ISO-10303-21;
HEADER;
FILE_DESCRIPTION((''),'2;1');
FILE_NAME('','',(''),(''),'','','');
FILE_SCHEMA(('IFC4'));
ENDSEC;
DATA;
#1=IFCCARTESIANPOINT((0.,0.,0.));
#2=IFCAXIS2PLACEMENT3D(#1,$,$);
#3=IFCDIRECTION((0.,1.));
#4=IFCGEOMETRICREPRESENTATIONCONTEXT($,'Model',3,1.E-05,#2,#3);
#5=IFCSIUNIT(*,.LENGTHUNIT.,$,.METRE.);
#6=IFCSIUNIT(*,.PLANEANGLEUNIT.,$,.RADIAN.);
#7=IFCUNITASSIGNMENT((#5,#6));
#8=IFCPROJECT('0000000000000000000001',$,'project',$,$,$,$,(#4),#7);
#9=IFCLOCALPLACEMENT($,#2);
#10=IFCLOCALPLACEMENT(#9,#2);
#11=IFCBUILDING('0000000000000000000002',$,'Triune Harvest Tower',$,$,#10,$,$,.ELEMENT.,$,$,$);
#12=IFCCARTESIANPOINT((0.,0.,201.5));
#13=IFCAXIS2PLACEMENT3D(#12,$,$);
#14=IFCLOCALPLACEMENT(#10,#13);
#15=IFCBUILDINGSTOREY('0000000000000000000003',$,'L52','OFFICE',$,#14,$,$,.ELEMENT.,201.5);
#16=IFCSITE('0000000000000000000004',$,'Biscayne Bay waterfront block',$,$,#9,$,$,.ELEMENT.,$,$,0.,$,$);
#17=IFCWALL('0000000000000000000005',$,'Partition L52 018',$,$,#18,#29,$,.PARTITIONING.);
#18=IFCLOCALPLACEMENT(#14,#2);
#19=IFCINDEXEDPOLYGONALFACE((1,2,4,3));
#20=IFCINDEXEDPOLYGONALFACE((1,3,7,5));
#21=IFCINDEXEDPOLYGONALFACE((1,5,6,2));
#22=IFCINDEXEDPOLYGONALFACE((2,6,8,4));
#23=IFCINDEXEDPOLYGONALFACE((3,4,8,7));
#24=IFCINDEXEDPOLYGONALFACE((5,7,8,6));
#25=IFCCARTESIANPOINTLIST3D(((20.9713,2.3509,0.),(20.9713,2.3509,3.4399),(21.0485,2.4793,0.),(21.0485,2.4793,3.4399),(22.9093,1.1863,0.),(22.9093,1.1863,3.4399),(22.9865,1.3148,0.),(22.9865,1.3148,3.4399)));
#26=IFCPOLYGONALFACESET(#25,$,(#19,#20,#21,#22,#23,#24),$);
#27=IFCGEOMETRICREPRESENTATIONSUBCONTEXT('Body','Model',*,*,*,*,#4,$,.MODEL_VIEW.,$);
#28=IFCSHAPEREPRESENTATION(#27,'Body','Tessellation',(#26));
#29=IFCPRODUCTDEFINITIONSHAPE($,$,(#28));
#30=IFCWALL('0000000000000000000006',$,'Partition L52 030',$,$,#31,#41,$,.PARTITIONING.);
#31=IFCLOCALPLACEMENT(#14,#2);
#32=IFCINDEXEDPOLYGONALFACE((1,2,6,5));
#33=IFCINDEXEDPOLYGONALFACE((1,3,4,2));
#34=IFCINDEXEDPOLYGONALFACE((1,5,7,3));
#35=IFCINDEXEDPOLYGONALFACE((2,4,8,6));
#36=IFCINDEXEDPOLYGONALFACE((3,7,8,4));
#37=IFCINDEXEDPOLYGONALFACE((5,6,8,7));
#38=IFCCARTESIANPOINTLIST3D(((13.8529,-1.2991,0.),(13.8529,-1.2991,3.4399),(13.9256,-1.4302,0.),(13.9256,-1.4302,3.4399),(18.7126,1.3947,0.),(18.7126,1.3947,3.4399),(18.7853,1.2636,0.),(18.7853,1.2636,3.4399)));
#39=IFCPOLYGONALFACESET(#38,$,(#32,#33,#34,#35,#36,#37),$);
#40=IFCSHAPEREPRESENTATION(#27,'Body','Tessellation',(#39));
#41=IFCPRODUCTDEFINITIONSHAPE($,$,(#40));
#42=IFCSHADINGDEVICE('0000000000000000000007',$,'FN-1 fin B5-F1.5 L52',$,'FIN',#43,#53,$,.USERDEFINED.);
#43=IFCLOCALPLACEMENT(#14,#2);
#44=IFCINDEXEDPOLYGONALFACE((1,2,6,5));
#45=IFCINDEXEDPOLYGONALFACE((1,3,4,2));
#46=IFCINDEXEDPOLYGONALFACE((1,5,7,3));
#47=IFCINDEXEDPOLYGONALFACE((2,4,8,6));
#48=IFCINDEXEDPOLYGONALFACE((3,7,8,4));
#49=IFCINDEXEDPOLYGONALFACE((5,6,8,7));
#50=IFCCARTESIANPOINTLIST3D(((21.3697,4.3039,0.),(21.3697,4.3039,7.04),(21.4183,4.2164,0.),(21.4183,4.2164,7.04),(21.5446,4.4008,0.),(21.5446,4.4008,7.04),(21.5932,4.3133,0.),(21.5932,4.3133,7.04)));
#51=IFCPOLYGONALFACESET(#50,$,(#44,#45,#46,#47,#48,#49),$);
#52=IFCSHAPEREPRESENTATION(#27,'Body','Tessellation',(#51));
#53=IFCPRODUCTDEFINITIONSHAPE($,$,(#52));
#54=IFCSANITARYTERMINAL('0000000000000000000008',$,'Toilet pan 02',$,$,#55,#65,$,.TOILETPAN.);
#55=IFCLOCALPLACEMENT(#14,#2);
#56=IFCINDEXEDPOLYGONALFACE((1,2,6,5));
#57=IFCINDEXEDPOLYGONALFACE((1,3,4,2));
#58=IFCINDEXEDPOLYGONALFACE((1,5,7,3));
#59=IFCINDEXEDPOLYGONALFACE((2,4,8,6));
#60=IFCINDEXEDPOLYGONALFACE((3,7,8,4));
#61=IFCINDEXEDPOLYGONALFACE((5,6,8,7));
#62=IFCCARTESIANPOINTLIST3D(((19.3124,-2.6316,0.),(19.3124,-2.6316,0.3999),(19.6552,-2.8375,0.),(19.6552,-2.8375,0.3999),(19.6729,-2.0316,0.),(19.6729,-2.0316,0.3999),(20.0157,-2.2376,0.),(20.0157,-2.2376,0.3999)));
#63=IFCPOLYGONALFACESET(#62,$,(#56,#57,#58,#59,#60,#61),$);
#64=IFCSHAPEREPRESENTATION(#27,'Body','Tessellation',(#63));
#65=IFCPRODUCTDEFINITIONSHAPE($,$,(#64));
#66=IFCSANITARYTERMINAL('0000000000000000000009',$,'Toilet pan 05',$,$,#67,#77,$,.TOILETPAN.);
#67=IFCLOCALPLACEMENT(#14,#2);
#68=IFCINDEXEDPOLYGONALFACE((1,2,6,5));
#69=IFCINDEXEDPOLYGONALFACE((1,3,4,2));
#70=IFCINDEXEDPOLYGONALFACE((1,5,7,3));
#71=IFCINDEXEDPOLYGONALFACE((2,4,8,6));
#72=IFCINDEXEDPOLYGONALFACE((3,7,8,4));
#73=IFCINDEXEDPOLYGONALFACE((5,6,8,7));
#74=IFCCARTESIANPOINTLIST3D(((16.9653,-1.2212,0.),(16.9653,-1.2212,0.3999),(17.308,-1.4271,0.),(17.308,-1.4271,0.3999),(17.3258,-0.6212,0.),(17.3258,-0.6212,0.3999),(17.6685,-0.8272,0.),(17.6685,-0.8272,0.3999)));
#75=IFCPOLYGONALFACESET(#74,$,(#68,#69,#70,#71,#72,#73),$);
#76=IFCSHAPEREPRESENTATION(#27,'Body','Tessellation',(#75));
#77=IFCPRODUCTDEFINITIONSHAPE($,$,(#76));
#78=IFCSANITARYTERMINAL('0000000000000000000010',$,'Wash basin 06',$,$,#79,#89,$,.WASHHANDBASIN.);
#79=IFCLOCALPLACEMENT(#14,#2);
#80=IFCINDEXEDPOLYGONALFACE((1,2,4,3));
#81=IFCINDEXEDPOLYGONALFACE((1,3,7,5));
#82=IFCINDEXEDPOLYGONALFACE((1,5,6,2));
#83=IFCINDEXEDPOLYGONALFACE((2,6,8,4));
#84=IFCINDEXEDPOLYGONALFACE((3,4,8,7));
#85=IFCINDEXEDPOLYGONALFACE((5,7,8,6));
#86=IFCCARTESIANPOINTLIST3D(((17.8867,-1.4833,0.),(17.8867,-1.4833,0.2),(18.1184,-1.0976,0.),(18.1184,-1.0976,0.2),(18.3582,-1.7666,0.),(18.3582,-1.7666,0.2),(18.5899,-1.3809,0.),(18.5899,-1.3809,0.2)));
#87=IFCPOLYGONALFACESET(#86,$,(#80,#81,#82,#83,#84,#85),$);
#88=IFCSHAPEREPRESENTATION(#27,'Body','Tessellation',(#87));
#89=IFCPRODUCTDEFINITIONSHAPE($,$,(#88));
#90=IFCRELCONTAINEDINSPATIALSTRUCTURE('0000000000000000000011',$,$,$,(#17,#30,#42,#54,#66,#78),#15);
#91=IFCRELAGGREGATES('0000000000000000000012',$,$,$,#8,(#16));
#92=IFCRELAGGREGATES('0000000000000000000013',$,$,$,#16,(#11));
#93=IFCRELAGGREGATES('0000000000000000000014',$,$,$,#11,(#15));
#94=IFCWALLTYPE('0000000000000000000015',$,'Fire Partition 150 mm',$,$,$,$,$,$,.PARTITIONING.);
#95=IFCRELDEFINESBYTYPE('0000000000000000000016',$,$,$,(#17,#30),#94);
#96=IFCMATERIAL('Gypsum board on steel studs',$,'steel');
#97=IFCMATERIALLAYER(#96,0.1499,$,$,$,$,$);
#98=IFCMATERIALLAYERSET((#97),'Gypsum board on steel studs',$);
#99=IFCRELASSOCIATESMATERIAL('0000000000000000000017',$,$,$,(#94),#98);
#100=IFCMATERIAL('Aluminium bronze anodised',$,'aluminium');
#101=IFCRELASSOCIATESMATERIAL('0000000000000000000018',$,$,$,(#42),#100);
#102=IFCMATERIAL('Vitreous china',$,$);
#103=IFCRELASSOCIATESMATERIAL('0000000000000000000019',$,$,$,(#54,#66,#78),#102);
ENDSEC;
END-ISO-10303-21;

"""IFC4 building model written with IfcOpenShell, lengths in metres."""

from ifc_helpers import new_model, si_unit, direction, frame, frame_2d, origin, origin_2d, place, context, subcontext, project, spatial, rectangle, extrude, source, transform, mapped, material, layer, layer_set, type_object, element, save


model = new_model("IFC4")

# Units and contexts
model_context = context("Model", 3, precision=1e-05, world=origin(), true_north=direction((0.0, 1.0)))
body_context = subcontext(model_context, "Body", "Model", "MODEL_VIEW")
ifc_project = project(units=[si_unit("LENGTHUNIT", "METRE"), si_unit("PLANEANGLEUNIT", "RADIAN")], contexts=[model_context])

# Site, building, storey
site_placement = place(None, origin())
site = spatial("IfcSite", under=ifc_project, at=site_placement, Name="Biscayne Bay waterfront block", CompositionType="ELEMENT", RefElevation=0.0)
building_placement = place(site_placement, origin())
building = spatial("IfcBuilding", under=site, at=building_placement, Name="Triune Harvest Tower", CompositionType="ELEMENT")
storey_placement = place(building_placement, frame((0.0, 0.0, 201.5)))
storey = spatial("IfcBuildingStorey", under=building, at=storey_placement, Name="L52", Description="OFFICE", CompositionType="ELEMENT", Elevation=201.5)

# Shared definitions
ifc_material_1 = material(Name="Gypsum board on steel studs", Category="steel")
ifc_layer_1 = layer(ifc_material_1, 0.1499)
ifc_layer_set_1 = layer_set([ifc_layer_1], Name="Gypsum board on steel studs")
wall_type_1 = type_object("IfcWallType", Name="Fire Partition 150 mm", PredefinedType="PARTITIONING", material=ifc_layer_set_1)

# Walls
shared_shape_1 = source(origin(), body_context, "Body", "SweptSolid", [
    extrude(rectangle(XDim=2.261, YDim=0.1499, at=frame_2d((1.1304, 0.0))), origin(), (0.0, 0.0, 1.0), 3.4399),
])
wall_1_placement = place(storey_placement, frame((21.01, 2.415, 0.0), z_axis=(0.0, 0.0, 1.0), x_axis=(0.85715, -0.515067, 0.0)))
element("IfcWall", 1, at=wall_1_placement, inside=storey, type_object=wall_type_1, Name="Partition L52 018", PredefinedType="PARTITIONING", context=body_context, shape_type="MappedRepresentation", body=[
    mapped(shared_shape_1, transform((0.0, 0.0, 0.0), scale=1.0)),
])
shared_shape_2 = source(origin(), body_context, "Body", "SweptSolid", [
    extrude(rectangle(XDim=5.5564, YDim=0.1499, at=frame_2d((2.7783, 0.0))), origin(), (0.0, 0.0, 1.0), 3.4399),
])
wall_2_placement = place(storey_placement, frame((13.8892, -1.3647, 0.0), z_axis=(0.0, 0.0, 1.0), x_axis=(0.874611, 0.484826, 0.0)))
element("IfcWall", 2, at=wall_2_placement, inside=storey, type_object=wall_type_1, Name="Partition L52 030", PredefinedType="PARTITIONING", context=body_context, shape_type="MappedRepresentation", body=[
    mapped(shared_shape_2, transform((0.0, 0.0, 0.0), scale=1.0)),
])

# Shading device
ifc_material_2 = material(Name="Aluminium bronze anodised", Category="aluminium")
shared_shape_3 = source(origin(), body_context, "Body", "SweptSolid", [
    extrude(rectangle(XDim=0.1001, YDim=0.2, at=origin_2d()), origin(), (0.0, 0.0, 1.0), 7.04),
])
shading_device_placement = place(storey_placement, frame((21.4814, 4.3086, 0.0), z_axis=(0.0, 0.0, 1.0), x_axis=(-0.484808, 0.87462, 0.0)))
element("IfcShadingDevice", 3, at=shading_device_placement, inside=storey, material=ifc_material_2, Name="FN-1 fin B5-F1.5 L52", ObjectType="FIN", PredefinedType="USERDEFINED", context=body_context, shape_type="MappedRepresentation", body=[
    mapped(shared_shape_3, transform((0.0, 0.0, 0.0), scale=1.0)),
])

# Sanitary terminals
ifc_material_3 = material(Name="Vitreous china")
shared_shape_4 = source(origin(), body_context, "Body", "SweptSolid", [
    extrude(rectangle(XDim=0.3999, YDim=0.7, at=origin_2d()), origin(), (0.0, 0.0, 1.0), 0.3999),
])
for number, where, z_axis, x_axis, name in (
    (4, (19.6641, -2.4346, 0.0), (0.0, 0.0, 1.0), (0.857158, -0.515053, 0.0), "Toilet pan 02"),
    (5, (17.3169, -1.0242, 0.0), (0.0, 0.0, 1.0), (0.857167, -0.515038, 0.0), "Toilet pan 05"),
):
    element("IfcSanitaryTerminal", number, at=place(storey_placement, frame(where, z_axis=z_axis, x_axis=x_axis)), inside=storey, material=ifc_material_3, Name=name, PredefinedType="TOILETPAN", context=body_context, shape_type="MappedRepresentation", body=[
        mapped(shared_shape_4, transform((0.0, 0.0, 0.0), scale=1.0)),
    ])
shared_shape_5 = source(origin(), body_context, "Body", "SweptSolid", [
    extrude(rectangle(XDim=0.55, YDim=0.45, at=origin_2d()), origin(), (0.0, 0.0, 1.0), 0.2),
])
sanitary_terminal_placement = place(storey_placement, frame((18.2383, -1.4321, 0.0), z_axis=(0.0, 0.0, 1.0), x_axis=(0.857167, -0.515038, 0.0)))
element("IfcSanitaryTerminal", 6, at=sanitary_terminal_placement, inside=storey, material=ifc_material_3, Name="Wash basin 06", PredefinedType="WASHHANDBASIN", context=body_context, shape_type="MappedRepresentation", body=[
    mapped(shared_shape_5, transform((0.0, 0.0, 0.0), scale=1.0)),
])

save(model, "model.ifc")
